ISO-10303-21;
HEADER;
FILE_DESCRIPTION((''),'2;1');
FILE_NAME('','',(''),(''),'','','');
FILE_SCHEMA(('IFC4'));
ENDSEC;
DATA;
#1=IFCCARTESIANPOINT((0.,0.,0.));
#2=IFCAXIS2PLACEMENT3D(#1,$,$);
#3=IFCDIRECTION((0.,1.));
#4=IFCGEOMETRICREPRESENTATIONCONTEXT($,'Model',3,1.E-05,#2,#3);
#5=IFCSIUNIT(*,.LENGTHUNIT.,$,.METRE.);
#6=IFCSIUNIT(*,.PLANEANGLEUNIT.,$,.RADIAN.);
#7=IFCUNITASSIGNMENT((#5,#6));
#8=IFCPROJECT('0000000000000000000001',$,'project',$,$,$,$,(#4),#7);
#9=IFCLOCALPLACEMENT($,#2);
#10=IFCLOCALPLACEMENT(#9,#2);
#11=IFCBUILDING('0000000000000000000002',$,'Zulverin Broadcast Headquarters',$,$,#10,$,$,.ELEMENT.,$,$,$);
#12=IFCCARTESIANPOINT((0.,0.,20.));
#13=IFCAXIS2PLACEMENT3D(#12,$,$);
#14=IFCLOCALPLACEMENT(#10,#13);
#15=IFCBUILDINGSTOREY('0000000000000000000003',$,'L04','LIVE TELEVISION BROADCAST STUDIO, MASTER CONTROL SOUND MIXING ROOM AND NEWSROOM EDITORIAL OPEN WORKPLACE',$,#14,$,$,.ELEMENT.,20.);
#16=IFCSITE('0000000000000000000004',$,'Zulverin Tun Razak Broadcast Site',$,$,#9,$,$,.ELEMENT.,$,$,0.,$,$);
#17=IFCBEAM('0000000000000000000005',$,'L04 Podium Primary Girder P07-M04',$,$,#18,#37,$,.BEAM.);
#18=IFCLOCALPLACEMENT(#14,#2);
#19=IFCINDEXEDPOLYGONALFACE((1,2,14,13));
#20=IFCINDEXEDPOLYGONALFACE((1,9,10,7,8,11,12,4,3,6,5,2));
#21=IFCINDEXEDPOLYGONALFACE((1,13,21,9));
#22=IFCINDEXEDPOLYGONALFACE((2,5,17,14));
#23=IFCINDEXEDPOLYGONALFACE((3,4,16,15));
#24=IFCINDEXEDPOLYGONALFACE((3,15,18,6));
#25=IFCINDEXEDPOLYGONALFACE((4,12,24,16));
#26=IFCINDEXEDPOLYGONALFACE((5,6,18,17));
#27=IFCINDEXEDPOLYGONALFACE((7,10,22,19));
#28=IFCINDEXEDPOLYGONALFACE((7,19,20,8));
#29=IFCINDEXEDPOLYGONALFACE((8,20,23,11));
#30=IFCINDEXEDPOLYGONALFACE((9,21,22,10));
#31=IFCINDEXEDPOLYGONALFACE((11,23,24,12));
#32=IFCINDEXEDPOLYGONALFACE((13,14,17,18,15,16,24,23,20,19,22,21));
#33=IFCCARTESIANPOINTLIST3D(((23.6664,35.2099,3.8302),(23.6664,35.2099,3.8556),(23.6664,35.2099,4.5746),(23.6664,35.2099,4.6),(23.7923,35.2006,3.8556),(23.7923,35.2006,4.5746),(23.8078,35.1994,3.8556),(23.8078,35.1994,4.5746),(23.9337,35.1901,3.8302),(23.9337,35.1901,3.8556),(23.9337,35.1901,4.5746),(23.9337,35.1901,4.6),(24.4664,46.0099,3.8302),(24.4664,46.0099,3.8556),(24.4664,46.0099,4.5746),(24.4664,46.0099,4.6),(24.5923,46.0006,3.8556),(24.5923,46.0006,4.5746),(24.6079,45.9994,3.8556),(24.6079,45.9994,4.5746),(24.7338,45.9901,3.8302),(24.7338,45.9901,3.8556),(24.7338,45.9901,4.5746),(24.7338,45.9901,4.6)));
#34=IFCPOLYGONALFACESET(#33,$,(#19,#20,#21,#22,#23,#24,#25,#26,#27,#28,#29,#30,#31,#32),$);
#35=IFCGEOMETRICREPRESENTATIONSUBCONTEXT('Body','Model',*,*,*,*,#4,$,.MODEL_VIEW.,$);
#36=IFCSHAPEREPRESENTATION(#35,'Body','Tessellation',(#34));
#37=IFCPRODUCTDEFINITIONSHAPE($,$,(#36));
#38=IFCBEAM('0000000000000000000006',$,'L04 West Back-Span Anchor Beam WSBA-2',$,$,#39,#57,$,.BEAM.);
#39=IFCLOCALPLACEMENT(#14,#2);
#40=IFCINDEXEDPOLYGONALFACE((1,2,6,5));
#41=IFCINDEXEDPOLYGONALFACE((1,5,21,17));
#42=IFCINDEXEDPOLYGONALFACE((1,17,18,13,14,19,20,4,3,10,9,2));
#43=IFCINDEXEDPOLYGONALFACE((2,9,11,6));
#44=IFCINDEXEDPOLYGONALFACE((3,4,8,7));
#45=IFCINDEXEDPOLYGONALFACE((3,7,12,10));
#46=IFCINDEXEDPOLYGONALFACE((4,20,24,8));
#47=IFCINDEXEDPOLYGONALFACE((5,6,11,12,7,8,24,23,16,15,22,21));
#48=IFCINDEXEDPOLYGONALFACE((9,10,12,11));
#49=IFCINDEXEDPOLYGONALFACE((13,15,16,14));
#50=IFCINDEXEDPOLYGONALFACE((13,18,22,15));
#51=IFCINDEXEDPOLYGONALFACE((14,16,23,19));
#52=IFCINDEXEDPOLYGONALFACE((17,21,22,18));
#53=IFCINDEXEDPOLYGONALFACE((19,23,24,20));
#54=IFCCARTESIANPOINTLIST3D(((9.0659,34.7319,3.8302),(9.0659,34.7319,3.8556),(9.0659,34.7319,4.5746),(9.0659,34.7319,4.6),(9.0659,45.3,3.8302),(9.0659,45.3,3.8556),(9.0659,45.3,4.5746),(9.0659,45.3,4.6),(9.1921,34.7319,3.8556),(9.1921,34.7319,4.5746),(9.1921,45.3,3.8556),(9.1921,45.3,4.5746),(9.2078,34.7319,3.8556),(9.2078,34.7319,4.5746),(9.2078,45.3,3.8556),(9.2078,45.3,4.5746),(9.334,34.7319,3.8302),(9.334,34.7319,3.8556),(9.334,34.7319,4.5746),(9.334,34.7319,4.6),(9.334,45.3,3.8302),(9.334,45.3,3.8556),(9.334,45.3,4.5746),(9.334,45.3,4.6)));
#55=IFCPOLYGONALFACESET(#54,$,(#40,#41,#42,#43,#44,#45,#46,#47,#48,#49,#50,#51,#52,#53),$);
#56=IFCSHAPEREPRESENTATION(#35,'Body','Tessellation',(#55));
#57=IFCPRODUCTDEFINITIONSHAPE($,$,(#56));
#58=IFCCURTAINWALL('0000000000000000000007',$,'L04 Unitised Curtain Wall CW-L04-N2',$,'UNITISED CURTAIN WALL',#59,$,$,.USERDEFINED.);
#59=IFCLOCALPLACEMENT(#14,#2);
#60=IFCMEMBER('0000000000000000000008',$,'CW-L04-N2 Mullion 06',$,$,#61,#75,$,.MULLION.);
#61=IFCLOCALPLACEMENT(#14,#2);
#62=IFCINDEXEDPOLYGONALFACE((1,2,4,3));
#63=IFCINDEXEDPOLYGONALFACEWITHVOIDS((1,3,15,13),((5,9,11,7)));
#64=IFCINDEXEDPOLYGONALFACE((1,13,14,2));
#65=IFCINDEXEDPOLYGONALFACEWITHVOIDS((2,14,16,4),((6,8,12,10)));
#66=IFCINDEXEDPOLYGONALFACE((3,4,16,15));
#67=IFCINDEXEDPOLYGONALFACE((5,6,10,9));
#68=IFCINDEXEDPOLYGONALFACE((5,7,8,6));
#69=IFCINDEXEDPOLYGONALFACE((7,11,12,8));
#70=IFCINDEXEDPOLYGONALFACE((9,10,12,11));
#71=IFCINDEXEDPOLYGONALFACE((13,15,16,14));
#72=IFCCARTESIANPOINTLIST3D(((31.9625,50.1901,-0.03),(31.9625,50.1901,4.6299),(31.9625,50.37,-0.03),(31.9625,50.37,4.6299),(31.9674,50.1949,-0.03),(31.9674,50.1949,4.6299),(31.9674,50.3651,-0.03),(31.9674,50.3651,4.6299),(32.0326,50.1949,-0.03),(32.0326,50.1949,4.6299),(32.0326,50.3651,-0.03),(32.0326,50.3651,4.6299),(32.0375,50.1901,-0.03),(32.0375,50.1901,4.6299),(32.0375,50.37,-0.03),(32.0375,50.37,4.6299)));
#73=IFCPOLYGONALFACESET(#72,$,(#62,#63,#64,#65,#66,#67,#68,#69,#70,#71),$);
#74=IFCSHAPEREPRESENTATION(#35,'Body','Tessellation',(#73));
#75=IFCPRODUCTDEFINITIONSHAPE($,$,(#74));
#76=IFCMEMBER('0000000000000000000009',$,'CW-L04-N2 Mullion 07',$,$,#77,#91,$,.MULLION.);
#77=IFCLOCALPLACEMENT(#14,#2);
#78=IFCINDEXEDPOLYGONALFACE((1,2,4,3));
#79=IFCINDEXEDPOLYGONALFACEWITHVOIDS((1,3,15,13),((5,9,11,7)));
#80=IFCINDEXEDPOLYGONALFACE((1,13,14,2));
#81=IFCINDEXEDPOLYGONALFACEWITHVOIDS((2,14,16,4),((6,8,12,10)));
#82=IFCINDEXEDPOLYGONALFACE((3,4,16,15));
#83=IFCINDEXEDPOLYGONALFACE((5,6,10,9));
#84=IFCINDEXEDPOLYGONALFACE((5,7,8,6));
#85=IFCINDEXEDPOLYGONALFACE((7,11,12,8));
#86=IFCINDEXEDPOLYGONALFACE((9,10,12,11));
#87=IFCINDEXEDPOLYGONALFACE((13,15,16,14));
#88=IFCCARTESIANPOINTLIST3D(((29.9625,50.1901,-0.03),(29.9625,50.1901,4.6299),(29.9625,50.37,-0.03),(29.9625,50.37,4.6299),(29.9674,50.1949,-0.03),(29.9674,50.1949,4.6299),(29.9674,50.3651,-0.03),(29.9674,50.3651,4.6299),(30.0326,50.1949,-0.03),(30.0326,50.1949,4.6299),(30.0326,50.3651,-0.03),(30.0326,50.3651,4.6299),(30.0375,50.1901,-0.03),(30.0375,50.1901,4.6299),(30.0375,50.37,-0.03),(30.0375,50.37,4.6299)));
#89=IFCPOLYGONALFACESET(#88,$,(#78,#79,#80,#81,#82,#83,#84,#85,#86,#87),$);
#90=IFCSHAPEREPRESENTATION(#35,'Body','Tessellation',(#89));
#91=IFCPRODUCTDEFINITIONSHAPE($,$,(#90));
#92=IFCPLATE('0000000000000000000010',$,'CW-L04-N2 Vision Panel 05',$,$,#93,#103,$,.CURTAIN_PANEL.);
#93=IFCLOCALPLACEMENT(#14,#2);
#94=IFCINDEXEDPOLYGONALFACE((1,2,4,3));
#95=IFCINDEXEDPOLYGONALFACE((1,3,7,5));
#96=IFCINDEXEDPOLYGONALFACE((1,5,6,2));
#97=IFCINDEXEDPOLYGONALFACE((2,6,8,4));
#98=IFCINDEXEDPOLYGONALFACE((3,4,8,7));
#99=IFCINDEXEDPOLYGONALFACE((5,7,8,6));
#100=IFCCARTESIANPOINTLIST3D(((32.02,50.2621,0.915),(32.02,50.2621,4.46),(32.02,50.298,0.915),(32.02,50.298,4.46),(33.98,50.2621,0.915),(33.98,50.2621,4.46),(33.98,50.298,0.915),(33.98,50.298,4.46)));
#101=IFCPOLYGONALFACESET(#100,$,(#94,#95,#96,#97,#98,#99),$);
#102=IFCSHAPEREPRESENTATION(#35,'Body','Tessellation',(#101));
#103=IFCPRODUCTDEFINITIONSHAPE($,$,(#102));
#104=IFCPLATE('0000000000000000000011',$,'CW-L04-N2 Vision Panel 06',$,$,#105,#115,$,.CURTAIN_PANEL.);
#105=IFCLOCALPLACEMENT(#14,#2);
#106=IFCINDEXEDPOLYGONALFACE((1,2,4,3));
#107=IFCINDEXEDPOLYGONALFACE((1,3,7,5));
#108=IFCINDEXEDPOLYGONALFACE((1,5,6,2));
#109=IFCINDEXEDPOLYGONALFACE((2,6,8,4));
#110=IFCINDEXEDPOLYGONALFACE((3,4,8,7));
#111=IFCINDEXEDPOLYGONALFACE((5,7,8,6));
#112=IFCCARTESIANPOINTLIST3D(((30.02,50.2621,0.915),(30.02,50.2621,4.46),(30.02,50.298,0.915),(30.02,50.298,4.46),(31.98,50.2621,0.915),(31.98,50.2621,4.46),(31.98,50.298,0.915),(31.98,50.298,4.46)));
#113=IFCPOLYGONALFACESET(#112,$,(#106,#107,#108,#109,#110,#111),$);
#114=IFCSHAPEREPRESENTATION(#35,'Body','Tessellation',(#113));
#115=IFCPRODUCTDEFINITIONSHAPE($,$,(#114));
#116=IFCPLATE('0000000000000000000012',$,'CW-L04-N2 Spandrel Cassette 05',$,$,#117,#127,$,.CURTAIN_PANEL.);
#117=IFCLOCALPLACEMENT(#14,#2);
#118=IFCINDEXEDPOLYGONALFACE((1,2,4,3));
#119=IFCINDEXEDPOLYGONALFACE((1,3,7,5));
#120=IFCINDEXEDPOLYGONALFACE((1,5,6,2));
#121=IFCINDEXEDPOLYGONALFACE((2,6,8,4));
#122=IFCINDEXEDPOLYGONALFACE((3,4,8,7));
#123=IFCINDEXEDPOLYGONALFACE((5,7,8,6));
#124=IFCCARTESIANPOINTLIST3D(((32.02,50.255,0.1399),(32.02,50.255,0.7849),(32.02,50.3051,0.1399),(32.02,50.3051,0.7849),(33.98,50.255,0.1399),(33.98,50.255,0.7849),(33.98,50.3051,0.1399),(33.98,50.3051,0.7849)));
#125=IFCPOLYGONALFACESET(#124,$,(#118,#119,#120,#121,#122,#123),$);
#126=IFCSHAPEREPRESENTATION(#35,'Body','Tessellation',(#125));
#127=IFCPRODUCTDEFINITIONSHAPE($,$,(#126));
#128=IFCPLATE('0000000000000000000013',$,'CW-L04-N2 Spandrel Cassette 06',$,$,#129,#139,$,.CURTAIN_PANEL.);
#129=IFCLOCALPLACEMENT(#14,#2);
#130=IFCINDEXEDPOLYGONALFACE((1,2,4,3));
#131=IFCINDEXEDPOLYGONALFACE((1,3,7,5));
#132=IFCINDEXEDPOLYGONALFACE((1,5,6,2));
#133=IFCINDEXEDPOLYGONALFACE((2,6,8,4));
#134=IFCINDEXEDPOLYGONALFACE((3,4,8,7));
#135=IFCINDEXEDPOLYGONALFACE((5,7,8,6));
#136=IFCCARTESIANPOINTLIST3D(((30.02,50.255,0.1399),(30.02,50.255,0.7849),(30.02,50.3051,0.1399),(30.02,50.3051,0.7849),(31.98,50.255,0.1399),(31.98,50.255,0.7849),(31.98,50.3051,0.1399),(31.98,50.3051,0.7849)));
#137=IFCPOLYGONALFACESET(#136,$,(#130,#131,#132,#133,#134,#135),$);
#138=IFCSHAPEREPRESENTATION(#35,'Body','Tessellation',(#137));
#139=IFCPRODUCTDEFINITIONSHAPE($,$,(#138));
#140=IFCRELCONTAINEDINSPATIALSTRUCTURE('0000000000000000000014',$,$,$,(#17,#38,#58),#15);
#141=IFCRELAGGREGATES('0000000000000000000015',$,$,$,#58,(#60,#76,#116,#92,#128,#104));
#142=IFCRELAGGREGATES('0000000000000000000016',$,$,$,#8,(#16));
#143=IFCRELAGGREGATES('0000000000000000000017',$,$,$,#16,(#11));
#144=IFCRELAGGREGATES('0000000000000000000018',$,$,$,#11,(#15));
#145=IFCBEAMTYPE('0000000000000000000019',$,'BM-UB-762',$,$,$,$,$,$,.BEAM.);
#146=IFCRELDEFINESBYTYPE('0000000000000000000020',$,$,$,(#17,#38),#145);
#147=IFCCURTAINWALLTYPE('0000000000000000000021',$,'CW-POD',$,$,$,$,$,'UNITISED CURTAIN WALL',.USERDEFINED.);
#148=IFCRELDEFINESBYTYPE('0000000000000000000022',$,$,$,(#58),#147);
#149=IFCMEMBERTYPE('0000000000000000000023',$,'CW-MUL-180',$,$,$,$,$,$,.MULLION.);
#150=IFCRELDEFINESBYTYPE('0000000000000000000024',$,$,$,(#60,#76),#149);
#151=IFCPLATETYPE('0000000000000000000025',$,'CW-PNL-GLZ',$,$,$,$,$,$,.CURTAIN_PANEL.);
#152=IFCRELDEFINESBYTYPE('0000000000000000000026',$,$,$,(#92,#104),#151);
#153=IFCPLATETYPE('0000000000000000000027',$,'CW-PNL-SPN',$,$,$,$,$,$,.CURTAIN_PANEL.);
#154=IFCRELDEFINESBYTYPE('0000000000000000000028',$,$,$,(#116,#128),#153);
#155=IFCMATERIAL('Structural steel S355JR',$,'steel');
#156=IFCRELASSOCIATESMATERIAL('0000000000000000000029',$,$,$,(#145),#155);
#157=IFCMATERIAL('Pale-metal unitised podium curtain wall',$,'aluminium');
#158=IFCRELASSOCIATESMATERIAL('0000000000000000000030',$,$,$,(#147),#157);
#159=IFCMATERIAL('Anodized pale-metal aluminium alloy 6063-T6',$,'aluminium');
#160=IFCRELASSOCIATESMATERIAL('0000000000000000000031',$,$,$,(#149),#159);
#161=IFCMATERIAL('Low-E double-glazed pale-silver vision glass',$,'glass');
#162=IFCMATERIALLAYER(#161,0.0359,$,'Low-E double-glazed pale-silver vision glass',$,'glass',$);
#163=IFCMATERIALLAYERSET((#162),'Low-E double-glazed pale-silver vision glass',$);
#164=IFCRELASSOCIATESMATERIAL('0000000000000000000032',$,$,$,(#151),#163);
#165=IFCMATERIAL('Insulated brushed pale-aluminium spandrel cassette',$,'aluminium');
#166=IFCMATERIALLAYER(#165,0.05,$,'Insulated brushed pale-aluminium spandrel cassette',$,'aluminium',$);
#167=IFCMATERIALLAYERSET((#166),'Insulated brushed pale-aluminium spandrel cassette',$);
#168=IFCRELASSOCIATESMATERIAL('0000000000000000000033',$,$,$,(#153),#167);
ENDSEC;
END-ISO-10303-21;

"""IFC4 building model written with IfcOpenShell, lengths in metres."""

from ifc_helpers import new_model, si_unit, direction, frame, origin, origin_2d, place, context, subcontext, project, spatial, rectangle, hollow_rectangle, i_section, extrude, material, layer, layer_set, material_profile, profile_set, type_object, element, aggregate, save


model = new_model("IFC4")

# Units and contexts
model_context = context("Model", 3, precision=1e-05, world=origin(), true_north=direction((0.0, 1.0)))
body_context = subcontext(model_context, "Body", "Model", "MODEL_VIEW")
ifc_project = project(units=[si_unit("LENGTHUNIT", "METRE"), si_unit("PLANEANGLEUNIT", "RADIAN")], contexts=[model_context])

# Site, building, storey
site_placement = place(None, origin())
site = spatial("IfcSite", under=ifc_project, at=site_placement, Name="Zulverin Tun Razak Broadcast Site", CompositionType="ELEMENT", RefElevation=0.0)
building_placement = place(site_placement, origin())
building = spatial("IfcBuilding", under=site, at=building_placement, Name="Zulverin Broadcast Headquarters", CompositionType="ELEMENT")
storey_placement = place(building_placement, frame((0.0, 0.0, 20.0)))
storey = spatial("IfcBuildingStorey", under=building, at=storey_placement, Name="L04", Description="LIVE TELEVISION BROADCAST STUDIO, MASTER CONTROL SOUND MIXING ROOM AND NEWSROOM EDITORIAL OPEN WORKPLACE", CompositionType="ELEMENT", Elevation=20.0)

# Beams
ifc_material_1 = material(Name="Structural steel S355JR", Category="steel")
ifc_material_profile_1 = material_profile(ifc_material_1, i_section(OverallWidth=0.2681, OverallDepth=0.7698, WebThickness=0.0156, FlangeThickness=0.0254, at=origin_2d()), Name="Structural steel S355JR", Category="steel")
ifc_profile_set_1 = profile_set([ifc_material_profile_1], Name="Structural steel S355JR")
beam_type_1 = type_object("IfcBeamType", Name="BM-UB-762", PredefinedType="BEAM", material=ifc_profile_set_1)
beam_1_placement = place(storey_placement, frame((24.6001, 46.0, 4.2151), z_axis=(-0.073876, -0.997267, 0.0), x_axis=(0.997267, -0.073876, 0.0)))
element("IfcBeam", 1, at=beam_1_placement, inside=storey, type_object=beam_type_1, Name="L04 Podium Primary Girder P07-M04", PredefinedType="BEAM", context=body_context, shape_type="SweptSolid", body=[
    extrude(i_section(OverallWidth=0.2681, OverallDepth=0.7698, WebThickness=0.0156, FlangeThickness=0.0254, at=origin_2d()), origin(), (0.0, 0.0, 1.0), 10.8296),
])
beam_2_placement = place(storey_placement, frame((9.2, 34.7319, 4.2151), z_axis=(0.0, 1.0, 0.0), x_axis=(-1.0, 0.0, 0.0)))
element("IfcBeam", 2, at=beam_2_placement, inside=storey, type_object=beam_type_1, Name="L04 West Back-Span Anchor Beam WSBA-2", PredefinedType="BEAM", context=body_context, shape_type="SweptSolid", body=[
    extrude(i_section(OverallWidth=0.2681, OverallDepth=0.7698, WebThickness=0.0156, FlangeThickness=0.0254, at=origin_2d()), origin(), (0.0, 0.0, 1.0), 10.5681),
])

# Curtain wall, members, plates
ifc_material_2 = material(Name="Pale-metal unitised podium curtain wall", Category="aluminium")
curtain_wall_type = type_object("IfcCurtainWallType", Name="CW-POD", ElementType="UNITISED CURTAIN WALL", PredefinedType="USERDEFINED", material=ifc_material_2)
curtain_wall_placement = place(storey_placement, origin())
curtain_wall = element("IfcCurtainWall", 3, at=curtain_wall_placement, inside=storey, type_object=curtain_wall_type, Name="L04 Unitised Curtain Wall CW-L04-N2", ObjectType="UNITISED CURTAIN WALL", PredefinedType="USERDEFINED")
ifc_material_3 = material(Name="Anodized pale-metal aluminium alloy 6063-T6", Category="aluminium")
ifc_material_profile_2 = material_profile(ifc_material_3, hollow_rectangle(XDim=0.075, YDim=0.1799, WallThickness=0.0049, at=origin_2d()), Name="Anodized pale-metal aluminium alloy 6063-T6", Category="aluminium")
ifc_profile_set_2 = profile_set([ifc_material_profile_2], Name="Anodized pale-metal aluminium alloy 6063-T6")
member_type = type_object("IfcMemberType", Name="CW-MUL-180", PredefinedType="MULLION", material=ifc_profile_set_2)
member_1_placement = place(storey_placement, frame((32.0, 50.28, -0.03), z_axis=(0.0, 0.0, 1.0), x_axis=(-1.0, 0.0, 0.0)))
member_1 = element("IfcMember", 4, at=member_1_placement, type_object=member_type, Name="CW-L04-N2 Mullion 06", PredefinedType="MULLION", context=body_context, shape_type="SweptSolid", body=[
    extrude(hollow_rectangle(XDim=0.075, YDim=0.1799, WallThickness=0.0049, at=origin_2d()), origin(), (0.0, 0.0, 1.0), 4.6599),
])
member_2_placement = place(storey_placement, frame((30.0, 50.28, -0.03), z_axis=(0.0, 0.0, 1.0), x_axis=(-1.0, 0.0, 0.0)))
member_2 = element("IfcMember", 5, at=member_2_placement, type_object=member_type, Name="CW-L04-N2 Mullion 07", PredefinedType="MULLION", context=body_context, shape_type="SweptSolid", body=[
    extrude(hollow_rectangle(XDim=0.075, YDim=0.1799, WallThickness=0.0049, at=origin_2d()), origin(), (0.0, 0.0, 1.0), 4.6599),
])
ifc_material_4 = material(Name="Low-E double-glazed pale-silver vision glass", Category="glass")
ifc_layer_1 = layer(ifc_material_4, 0.0359, Name="Low-E double-glazed pale-silver vision glass", Category="glass")
ifc_layer_set_1 = layer_set([ifc_layer_1], Name="Low-E double-glazed pale-silver vision glass")
plate_type_1 = type_object("IfcPlateType", Name="CW-PNL-GLZ", PredefinedType="CURTAIN_PANEL", material=ifc_layer_set_1)
plate_1_placement = place(storey_placement, frame((33.0, 50.28, 0.915), z_axis=(0.0, 0.0, 1.0), x_axis=(-1.0, 0.0, 0.0)))
plate_1 = element("IfcPlate", 6, at=plate_1_placement, type_object=plate_type_1, Name="CW-L04-N2 Vision Panel 05", PredefinedType="CURTAIN_PANEL", context=body_context, shape_type="SweptSolid", body=[
    extrude(rectangle(XDim=1.96, YDim=0.0359, at=origin_2d()), origin(), (0.0, 0.0, 1.0), 3.5449),
])
plate_2_placement = place(storey_placement, frame((31.0, 50.28, 0.915), z_axis=(0.0, 0.0, 1.0), x_axis=(-1.0, 0.0, 0.0)))
plate_2 = element("IfcPlate", 7, at=plate_2_placement, type_object=plate_type_1, Name="CW-L04-N2 Vision Panel 06", PredefinedType="CURTAIN_PANEL", context=body_context, shape_type="SweptSolid", body=[
    extrude(rectangle(XDim=1.96, YDim=0.0359, at=origin_2d()), origin(), (0.0, 0.0, 1.0), 3.5449),
])
ifc_material_5 = material(Name="Insulated brushed pale-aluminium spandrel cassette", Category="aluminium")
ifc_layer_2 = layer(ifc_material_5, 0.05, Name="Insulated brushed pale-aluminium spandrel cassette", Category="aluminium")
ifc_layer_set_2 = layer_set([ifc_layer_2], Name="Insulated brushed pale-aluminium spandrel cassette")
plate_type_2 = type_object("IfcPlateType", Name="CW-PNL-SPN", PredefinedType="CURTAIN_PANEL", material=ifc_layer_set_2)
plate_3_placement = place(storey_placement, frame((33.0, 50.28, 0.1399), z_axis=(0.0, 0.0, 1.0), x_axis=(-1.0, 0.0, 0.0)))
plate_3 = element("IfcPlate", 8, at=plate_3_placement, type_object=plate_type_2, Name="CW-L04-N2 Spandrel Cassette 05", PredefinedType="CURTAIN_PANEL", context=body_context, shape_type="SweptSolid", body=[
    extrude(rectangle(XDim=1.96, YDim=0.05, at=origin_2d()), origin(), (0.0, 0.0, 1.0), 0.645),
])
plate_4_placement = place(storey_placement, frame((31.0, 50.28, 0.1399), z_axis=(0.0, 0.0, 1.0), x_axis=(-1.0, 0.0, 0.0)))
plate_4 = element("IfcPlate", 9, at=plate_4_placement, type_object=plate_type_2, Name="CW-L04-N2 Spandrel Cassette 06", PredefinedType="CURTAIN_PANEL", context=body_context, shape_type="SweptSolid", body=[
    extrude(rectangle(XDim=1.96, YDim=0.05, at=origin_2d()), origin(), (0.0, 0.0, 1.0), 0.645),
])
aggregate(curtain_wall, [member_1, member_2, plate_3, plate_1, plate_4, plate_2])

save(model, "model.ifc")
